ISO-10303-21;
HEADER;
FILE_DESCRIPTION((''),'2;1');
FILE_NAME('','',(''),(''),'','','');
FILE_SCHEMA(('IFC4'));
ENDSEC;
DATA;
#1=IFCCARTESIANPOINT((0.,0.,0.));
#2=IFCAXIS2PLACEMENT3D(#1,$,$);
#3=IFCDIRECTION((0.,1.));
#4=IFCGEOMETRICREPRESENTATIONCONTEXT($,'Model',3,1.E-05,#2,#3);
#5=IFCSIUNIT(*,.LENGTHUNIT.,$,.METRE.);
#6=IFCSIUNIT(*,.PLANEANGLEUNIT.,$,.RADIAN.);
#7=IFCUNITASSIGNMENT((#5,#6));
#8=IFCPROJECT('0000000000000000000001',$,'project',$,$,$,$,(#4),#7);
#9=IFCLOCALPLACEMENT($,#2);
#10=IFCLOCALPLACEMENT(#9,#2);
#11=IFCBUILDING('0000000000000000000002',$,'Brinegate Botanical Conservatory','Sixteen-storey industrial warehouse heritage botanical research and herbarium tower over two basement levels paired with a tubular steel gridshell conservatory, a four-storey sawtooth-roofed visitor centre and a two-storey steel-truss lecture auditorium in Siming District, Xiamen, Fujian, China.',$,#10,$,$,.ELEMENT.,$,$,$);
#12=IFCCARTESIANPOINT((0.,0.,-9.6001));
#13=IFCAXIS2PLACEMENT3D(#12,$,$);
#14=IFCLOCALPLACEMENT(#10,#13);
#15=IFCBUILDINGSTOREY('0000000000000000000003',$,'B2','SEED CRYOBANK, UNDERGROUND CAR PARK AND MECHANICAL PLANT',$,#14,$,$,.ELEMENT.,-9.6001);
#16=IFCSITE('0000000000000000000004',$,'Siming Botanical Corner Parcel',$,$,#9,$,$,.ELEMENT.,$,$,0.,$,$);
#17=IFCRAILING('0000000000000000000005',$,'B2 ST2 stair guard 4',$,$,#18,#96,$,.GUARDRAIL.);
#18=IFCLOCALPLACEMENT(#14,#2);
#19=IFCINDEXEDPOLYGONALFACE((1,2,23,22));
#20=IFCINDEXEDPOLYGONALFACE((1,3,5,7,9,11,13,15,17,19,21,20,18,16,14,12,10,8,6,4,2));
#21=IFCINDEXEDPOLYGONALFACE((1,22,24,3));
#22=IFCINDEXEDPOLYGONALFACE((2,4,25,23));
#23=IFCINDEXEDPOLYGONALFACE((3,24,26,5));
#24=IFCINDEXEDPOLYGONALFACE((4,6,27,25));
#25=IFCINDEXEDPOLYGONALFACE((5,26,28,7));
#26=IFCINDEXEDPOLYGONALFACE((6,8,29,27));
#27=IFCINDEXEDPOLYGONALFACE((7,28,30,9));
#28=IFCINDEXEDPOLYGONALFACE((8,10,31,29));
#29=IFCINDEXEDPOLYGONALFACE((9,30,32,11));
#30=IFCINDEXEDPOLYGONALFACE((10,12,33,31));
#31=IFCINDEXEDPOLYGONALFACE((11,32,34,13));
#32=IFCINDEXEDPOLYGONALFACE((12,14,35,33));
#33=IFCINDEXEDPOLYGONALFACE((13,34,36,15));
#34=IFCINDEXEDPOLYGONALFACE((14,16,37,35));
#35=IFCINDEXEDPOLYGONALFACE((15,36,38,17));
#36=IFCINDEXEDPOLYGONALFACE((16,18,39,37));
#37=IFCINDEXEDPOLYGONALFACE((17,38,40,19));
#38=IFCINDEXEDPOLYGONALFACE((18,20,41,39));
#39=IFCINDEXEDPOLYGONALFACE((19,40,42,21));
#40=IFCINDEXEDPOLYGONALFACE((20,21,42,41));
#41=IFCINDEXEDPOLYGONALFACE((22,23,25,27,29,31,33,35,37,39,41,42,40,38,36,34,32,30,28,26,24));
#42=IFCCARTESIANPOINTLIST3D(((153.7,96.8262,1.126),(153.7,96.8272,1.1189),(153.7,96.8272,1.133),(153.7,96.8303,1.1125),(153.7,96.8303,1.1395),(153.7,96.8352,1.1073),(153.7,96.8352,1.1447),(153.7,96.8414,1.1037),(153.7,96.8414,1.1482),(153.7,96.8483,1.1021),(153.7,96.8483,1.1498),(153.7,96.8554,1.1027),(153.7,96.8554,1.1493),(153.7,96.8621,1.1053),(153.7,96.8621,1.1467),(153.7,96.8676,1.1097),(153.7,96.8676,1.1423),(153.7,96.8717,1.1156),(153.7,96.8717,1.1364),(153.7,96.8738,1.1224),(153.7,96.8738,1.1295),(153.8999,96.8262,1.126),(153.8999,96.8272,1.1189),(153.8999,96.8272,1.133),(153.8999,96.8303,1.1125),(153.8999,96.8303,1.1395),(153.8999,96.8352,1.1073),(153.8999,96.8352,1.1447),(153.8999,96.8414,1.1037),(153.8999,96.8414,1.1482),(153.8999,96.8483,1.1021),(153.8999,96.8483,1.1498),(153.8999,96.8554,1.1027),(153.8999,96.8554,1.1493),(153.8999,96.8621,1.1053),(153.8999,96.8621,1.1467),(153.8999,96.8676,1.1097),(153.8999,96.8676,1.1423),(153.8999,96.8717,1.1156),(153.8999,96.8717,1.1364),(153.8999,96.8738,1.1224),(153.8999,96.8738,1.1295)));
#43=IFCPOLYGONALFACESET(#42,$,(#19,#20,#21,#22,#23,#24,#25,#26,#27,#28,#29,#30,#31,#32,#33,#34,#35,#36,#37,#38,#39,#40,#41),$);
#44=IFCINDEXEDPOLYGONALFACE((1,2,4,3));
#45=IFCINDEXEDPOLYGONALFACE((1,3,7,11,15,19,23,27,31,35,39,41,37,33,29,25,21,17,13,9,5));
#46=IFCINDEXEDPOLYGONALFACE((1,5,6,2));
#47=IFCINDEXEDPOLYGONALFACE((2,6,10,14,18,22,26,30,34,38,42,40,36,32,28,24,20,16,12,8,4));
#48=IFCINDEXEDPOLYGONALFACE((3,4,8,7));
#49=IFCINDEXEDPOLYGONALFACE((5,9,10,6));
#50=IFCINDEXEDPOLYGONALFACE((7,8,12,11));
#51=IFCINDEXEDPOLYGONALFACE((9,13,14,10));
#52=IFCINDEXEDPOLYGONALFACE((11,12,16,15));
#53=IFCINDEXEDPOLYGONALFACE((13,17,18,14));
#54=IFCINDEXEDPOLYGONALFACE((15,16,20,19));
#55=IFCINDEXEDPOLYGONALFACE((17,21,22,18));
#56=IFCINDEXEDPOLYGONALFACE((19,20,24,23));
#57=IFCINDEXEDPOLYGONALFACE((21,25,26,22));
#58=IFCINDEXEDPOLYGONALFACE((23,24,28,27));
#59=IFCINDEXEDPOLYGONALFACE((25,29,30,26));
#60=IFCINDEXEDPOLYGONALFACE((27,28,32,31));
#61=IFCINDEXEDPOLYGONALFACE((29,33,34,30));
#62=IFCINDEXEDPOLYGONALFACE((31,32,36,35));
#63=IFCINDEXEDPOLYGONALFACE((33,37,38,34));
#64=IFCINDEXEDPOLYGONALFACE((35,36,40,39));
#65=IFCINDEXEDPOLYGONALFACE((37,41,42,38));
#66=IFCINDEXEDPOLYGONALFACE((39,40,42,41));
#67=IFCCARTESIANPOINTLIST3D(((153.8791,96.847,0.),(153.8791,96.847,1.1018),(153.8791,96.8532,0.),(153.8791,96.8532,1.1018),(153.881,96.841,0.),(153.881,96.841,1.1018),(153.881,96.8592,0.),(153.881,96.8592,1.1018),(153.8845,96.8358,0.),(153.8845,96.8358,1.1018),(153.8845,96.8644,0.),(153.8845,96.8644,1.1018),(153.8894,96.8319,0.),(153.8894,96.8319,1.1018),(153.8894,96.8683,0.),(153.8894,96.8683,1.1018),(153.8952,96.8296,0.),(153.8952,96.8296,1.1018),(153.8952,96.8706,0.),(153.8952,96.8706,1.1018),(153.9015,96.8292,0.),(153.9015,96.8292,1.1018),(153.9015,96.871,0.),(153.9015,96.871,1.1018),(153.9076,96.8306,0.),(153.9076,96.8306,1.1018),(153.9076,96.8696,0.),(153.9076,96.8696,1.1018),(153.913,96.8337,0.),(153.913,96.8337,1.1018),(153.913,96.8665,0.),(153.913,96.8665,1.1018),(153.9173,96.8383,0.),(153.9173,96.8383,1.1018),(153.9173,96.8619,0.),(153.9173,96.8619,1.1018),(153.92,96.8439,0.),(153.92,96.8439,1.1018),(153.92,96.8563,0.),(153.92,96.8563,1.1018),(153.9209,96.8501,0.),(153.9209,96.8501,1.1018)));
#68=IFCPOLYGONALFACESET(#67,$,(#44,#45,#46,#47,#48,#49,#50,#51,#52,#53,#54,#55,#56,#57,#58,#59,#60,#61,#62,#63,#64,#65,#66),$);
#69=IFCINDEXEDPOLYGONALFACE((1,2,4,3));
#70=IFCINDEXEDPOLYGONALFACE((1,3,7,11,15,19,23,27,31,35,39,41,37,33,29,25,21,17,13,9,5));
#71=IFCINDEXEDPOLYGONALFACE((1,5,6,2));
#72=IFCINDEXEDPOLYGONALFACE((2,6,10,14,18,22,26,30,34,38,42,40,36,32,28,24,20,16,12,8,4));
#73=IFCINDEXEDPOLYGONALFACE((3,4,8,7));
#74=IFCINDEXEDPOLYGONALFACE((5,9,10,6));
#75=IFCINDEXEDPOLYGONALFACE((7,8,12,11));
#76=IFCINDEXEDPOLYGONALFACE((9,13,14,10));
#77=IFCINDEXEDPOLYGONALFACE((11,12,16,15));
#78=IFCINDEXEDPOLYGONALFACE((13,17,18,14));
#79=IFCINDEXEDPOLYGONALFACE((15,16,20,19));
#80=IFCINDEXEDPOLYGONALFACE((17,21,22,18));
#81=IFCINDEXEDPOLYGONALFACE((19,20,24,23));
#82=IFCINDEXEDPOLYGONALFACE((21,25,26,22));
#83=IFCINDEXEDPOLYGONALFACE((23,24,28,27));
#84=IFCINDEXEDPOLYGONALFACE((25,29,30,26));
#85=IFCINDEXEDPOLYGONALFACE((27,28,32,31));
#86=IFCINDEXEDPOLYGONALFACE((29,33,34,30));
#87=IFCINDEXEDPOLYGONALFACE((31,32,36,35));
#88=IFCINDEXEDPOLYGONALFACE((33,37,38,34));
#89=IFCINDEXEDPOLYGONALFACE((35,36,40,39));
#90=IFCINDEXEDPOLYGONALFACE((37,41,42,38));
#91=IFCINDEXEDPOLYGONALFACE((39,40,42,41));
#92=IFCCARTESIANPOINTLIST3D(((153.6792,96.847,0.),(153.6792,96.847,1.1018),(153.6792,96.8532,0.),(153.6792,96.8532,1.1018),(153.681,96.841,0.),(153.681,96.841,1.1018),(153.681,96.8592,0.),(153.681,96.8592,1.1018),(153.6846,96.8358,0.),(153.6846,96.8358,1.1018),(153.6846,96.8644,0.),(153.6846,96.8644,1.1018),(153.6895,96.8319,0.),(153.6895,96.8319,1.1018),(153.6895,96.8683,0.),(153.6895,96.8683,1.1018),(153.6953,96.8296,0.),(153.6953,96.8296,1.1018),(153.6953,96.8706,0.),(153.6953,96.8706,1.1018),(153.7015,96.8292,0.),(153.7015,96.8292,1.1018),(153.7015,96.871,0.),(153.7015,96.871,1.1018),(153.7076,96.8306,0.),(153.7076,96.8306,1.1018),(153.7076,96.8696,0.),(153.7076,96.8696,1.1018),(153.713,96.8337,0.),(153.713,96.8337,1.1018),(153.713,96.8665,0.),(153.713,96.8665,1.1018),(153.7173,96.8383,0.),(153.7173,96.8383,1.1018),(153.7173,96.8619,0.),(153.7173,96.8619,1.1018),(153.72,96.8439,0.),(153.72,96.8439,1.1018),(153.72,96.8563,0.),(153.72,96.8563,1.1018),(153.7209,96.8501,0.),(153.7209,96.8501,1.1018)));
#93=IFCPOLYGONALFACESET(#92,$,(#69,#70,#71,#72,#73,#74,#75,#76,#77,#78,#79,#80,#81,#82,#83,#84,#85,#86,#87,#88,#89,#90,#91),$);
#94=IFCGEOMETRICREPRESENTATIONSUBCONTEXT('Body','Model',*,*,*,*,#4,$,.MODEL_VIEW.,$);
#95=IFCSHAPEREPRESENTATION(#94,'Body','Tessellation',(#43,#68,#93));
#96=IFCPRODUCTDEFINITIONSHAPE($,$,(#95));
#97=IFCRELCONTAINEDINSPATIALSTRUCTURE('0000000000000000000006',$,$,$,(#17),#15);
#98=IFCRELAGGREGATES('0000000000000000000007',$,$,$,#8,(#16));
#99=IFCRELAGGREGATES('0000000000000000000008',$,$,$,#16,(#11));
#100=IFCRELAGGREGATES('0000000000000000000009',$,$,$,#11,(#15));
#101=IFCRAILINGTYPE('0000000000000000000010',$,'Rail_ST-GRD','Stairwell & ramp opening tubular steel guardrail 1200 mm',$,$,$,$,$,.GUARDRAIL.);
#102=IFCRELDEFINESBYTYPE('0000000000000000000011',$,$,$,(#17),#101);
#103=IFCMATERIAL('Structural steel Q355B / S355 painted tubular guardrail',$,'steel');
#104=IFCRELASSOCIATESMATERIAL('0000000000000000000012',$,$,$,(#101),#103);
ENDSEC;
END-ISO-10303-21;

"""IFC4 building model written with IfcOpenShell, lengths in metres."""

from ifc_helpers import new_model, si_unit, direction, frame, origin, origin_2d, place, context, subcontext, project, spatial, circle, extrude, material, type_object, element, save


model = new_model("IFC4")

# Units and contexts
model_context = context("Model", 3, precision=1e-05, world=origin(), true_north=direction((0.0, 1.0)))
body_context = subcontext(model_context, "Body", "Model", "MODEL_VIEW")
ifc_project = project(units=[si_unit("LENGTHUNIT", "METRE"), si_unit("PLANEANGLEUNIT", "RADIAN")], contexts=[model_context])

# Site, building, storey
site_placement = place(None, origin())
site = spatial("IfcSite", under=ifc_project, at=site_placement, Name="Siming Botanical Corner Parcel", CompositionType="ELEMENT", RefElevation=0.0)
building_placement = place(site_placement, origin())
building = spatial("IfcBuilding", under=site, at=building_placement, Name="Brinegate Botanical Conservatory", Description="Sixteen-storey industrial warehouse heritage botanical research and herbarium tower over two basement levels paired with a tubular steel gridshell conservatory, a four-storey sawtooth-roofed visitor centre and a two-storey steel-truss lecture auditorium in Siming District, Xiamen, Fujian, China.", CompositionType="ELEMENT")
storey_placement = place(building_placement, frame((0.0, 0.0, -9.6001)))
storey = spatial("IfcBuildingStorey", under=building, at=storey_placement, Name="B2", Description="SEED CRYOBANK, UNDERGROUND CAR PARK AND MECHANICAL PLANT", CompositionType="ELEMENT", Elevation=-9.6001)

# Railing
ifc_material_1 = material(Name="Structural steel Q355B / S355 painted tubular guardrail", Category="steel")
railing_type_1 = type_object("IfcRailingType", Name="Rail_ST-GRD", Description="Stairwell & ramp opening tubular steel guardrail 1200 mm", PredefinedType="GUARDRAIL", material=ifc_material_1)
railing_1_placement = place(storey_placement, frame((153.8999, 96.8501, 0.0)))
element("IfcRailing", 1, at=railing_1_placement, inside=storey, type_object=railing_type_1, Name="B2 ST2 stair guard 4", PredefinedType="GUARDRAIL", context=body_context, shape_type="SweptSolid", body=[
    extrude(circle(Radius=0.0239, at=origin_2d()), frame((0.0, 0.0, 1.126), z_axis=(-1.0, 0.0, 0.0), x_axis=(0.0, -1.0, 0.0)), (0.0, 0.0, 1.0), 0.2),
    extrude(circle(Radius=0.021, at=origin_2d()), origin(), (0.0, 0.0, 1.0), 1.1018),
    extrude(circle(Radius=0.021, at=origin_2d()), frame((-0.2, 0.0, 0.0)), (0.0, 0.0, 1.0), 1.1018),
])

save(model, "model.ifc")
